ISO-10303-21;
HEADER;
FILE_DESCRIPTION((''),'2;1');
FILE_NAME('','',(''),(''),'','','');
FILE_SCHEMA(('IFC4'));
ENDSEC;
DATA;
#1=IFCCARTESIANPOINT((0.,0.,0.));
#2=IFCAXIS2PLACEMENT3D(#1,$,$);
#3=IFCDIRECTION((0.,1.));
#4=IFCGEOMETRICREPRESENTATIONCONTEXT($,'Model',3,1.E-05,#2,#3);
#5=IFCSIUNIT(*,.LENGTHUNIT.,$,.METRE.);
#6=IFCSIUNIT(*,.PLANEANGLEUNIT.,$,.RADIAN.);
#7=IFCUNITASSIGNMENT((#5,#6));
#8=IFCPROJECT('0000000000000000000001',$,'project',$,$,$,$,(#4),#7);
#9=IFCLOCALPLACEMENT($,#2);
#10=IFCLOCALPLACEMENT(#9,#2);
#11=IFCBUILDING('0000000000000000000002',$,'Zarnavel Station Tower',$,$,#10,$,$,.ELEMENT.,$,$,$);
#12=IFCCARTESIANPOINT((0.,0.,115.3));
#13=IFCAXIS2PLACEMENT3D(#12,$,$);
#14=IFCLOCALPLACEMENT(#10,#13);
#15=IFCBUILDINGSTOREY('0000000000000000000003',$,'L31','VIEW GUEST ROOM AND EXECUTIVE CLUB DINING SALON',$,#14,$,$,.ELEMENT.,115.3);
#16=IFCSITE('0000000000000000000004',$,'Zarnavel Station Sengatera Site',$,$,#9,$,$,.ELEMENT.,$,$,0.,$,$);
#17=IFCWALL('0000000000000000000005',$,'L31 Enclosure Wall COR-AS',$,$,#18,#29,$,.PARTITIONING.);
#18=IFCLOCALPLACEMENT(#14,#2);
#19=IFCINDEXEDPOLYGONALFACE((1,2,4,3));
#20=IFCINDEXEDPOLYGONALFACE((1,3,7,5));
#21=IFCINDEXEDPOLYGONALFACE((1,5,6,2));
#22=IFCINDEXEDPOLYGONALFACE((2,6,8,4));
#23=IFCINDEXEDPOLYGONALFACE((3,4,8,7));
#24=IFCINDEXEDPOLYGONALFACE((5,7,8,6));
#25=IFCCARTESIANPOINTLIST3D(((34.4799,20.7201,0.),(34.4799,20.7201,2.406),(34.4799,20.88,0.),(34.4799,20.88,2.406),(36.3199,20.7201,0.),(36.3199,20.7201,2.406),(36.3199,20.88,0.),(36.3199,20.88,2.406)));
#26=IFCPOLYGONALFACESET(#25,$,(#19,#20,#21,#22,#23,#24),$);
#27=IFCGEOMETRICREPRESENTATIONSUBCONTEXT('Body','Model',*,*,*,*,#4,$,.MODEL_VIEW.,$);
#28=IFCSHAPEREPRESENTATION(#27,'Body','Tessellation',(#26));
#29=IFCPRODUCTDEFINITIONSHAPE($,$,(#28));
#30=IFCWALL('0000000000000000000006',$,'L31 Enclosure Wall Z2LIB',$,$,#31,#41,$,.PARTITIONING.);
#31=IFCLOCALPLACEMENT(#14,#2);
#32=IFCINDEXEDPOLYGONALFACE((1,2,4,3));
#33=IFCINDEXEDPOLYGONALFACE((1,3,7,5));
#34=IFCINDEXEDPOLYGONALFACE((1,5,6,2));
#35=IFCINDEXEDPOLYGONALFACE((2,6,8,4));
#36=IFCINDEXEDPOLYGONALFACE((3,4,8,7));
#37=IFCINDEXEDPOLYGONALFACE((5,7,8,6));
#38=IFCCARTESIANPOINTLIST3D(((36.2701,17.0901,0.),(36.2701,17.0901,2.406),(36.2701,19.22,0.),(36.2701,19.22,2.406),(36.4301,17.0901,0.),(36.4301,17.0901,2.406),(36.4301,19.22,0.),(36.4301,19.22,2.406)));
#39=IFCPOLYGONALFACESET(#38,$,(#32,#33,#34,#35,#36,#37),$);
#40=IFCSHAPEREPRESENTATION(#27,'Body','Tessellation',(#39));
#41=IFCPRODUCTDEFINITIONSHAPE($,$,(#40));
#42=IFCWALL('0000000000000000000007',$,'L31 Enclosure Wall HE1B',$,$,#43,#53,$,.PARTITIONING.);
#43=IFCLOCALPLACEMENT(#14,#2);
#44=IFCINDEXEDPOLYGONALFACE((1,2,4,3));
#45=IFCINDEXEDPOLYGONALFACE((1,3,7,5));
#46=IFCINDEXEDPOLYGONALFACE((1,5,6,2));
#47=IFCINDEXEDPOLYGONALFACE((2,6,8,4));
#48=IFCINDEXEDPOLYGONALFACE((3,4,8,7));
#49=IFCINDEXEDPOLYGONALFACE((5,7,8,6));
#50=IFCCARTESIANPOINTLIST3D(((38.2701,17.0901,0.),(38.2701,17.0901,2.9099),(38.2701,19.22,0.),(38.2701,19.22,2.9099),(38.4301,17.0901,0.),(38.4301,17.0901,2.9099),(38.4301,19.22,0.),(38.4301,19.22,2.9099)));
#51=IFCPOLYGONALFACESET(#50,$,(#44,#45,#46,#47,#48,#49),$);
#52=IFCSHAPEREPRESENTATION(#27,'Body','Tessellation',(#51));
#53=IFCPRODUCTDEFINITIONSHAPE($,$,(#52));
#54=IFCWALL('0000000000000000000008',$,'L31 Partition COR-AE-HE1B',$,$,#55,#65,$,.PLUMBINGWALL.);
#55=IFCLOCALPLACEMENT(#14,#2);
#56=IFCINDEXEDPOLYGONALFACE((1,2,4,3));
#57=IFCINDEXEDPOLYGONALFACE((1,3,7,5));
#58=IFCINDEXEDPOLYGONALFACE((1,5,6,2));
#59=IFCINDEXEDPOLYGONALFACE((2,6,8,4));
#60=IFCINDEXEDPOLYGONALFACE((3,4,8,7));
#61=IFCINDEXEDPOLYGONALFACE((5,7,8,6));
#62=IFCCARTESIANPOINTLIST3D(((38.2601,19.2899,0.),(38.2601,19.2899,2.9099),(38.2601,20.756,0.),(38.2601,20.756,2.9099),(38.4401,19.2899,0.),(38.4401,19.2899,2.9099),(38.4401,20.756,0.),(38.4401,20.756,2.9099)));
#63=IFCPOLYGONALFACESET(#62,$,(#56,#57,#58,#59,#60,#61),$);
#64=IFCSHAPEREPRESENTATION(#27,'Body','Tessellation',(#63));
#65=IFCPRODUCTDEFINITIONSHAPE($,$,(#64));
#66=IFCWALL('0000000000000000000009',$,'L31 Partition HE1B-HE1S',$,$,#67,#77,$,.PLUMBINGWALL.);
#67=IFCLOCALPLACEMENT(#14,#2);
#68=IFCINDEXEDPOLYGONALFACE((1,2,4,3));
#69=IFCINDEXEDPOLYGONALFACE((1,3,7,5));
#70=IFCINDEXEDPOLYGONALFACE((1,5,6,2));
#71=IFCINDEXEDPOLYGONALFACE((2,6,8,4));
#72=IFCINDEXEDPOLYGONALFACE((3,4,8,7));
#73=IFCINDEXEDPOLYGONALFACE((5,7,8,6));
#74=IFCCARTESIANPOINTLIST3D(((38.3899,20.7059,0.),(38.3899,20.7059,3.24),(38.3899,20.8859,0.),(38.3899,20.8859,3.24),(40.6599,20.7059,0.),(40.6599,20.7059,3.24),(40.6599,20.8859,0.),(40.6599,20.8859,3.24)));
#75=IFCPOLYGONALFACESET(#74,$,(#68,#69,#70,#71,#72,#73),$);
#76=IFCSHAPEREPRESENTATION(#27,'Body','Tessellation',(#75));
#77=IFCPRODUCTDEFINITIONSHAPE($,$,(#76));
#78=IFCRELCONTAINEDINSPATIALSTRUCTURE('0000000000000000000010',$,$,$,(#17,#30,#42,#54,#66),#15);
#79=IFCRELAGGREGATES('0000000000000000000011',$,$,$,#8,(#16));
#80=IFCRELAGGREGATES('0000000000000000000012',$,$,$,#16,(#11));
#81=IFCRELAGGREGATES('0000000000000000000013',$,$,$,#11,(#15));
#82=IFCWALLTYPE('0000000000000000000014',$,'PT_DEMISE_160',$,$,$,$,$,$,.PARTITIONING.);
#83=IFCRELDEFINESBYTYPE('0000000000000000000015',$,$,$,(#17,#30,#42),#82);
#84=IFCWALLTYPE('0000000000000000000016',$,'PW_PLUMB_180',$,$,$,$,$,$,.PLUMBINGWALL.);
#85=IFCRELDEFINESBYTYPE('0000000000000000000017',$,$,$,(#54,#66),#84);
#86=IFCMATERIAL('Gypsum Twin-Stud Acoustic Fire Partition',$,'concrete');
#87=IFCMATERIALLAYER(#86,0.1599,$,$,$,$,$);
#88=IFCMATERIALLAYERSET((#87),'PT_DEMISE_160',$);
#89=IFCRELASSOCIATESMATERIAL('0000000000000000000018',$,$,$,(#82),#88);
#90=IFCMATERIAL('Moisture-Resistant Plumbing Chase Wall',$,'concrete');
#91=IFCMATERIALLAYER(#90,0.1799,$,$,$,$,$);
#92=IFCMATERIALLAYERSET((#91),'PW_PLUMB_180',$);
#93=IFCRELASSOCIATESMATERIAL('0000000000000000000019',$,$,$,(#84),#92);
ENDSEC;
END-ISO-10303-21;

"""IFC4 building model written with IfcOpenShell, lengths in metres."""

from ifc_helpers import new_model, si_unit, direction, frame, frame_2d, origin, place, context, subcontext, project, spatial, rectangle, extrude, material, layer, layer_set, type_object, element, save


model = new_model("IFC4")

# Units and contexts
model_context = context("Model", 3, precision=1e-05, world=origin(), true_north=direction((0.0, 1.0)))
body_context = subcontext(model_context, "Body", "Model", "MODEL_VIEW")
ifc_project = project(units=[si_unit("LENGTHUNIT", "METRE"), si_unit("PLANEANGLEUNIT", "RADIAN")], contexts=[model_context])

# Site, building, storey
site_placement = place(None, origin())
site = spatial("IfcSite", under=ifc_project, at=site_placement, Name="Zarnavel Station Sengatera Site", CompositionType="ELEMENT", RefElevation=0.0)
building_placement = place(site_placement, origin())
building = spatial("IfcBuilding", under=site, at=building_placement, Name="Zarnavel Station Tower", CompositionType="ELEMENT")
storey_placement = place(building_placement, frame((0.0, 0.0, 115.3)))
storey = spatial("IfcBuildingStorey", under=building, at=storey_placement, Name="L31", Description="VIEW GUEST ROOM AND EXECUTIVE CLUB DINING SALON", CompositionType="ELEMENT", Elevation=115.3)

# Walls
ifc_material_1 = material(Name="Gypsum Twin-Stud Acoustic Fire Partition", Category="concrete")
ifc_layer_1 = layer(ifc_material_1, 0.1599)
ifc_layer_set_1 = layer_set([ifc_layer_1], Name="PT_DEMISE_160")
wall_type_1 = type_object("IfcWallType", Name="PT_DEMISE_160", PredefinedType="PARTITIONING", material=ifc_layer_set_1)
wall_1_placement = place(storey_placement, frame((34.48, 20.8, 0.0), z_axis=(0.0, 0.0, 1.0), x_axis=(1.0, 0.0, 0.0)))
element("IfcWall", 1, at=wall_1_placement, inside=storey, type_object=wall_type_1, Name="L31 Enclosure Wall COR-AS", PredefinedType="PARTITIONING", context=body_context, shape_type="SweptSolid", body=[
    extrude(rectangle(XDim=1.8401, YDim=0.1599, at=frame_2d((0.9199, 0.0))), origin(), (0.0, 0.0, 1.0), 2.406),
])
wall_2_placement = place(storey_placement, frame((36.3501, 17.0901, 0.0), z_axis=(0.0, 0.0, 1.0), x_axis=(0.0, 1.0, 0.0)))
element("IfcWall", 2, at=wall_2_placement, inside=storey, type_object=wall_type_1, Name="L31 Enclosure Wall Z2LIB", PredefinedType="PARTITIONING", context=body_context, shape_type="SweptSolid", body=[
    extrude(rectangle(XDim=2.1299, YDim=0.1599, at=frame_2d((1.0649, 0.0))), origin(), (0.0, 0.0, 1.0), 2.406),
])
wall_3_placement = place(storey_placement, frame((38.3501, 17.0901, 0.0), z_axis=(0.0, 0.0, 1.0), x_axis=(0.0, 1.0, 0.0)))
element("IfcWall", 3, at=wall_3_placement, inside=storey, type_object=wall_type_1, Name="L31 Enclosure Wall HE1B", PredefinedType="PARTITIONING", context=body_context, shape_type="SweptSolid", body=[
    extrude(rectangle(XDim=2.1299, YDim=0.1599, at=frame_2d((1.0649, 0.0))), origin(), (0.0, 0.0, 1.0), 2.9099),
])
ifc_material_2 = material(Name="Moisture-Resistant Plumbing Chase Wall", Category="concrete")
ifc_layer_2 = layer(ifc_material_2, 0.1799)
ifc_layer_set_2 = layer_set([ifc_layer_2], Name="PW_PLUMB_180")
wall_type_2 = type_object("IfcWallType", Name="PW_PLUMB_180", PredefinedType="PLUMBINGWALL", material=ifc_layer_set_2)
wall_4_placement = place(storey_placement, frame((38.3501, 19.29, 0.0), z_axis=(0.0, 0.0, 1.0), x_axis=(0.0, 1.0, 0.0)))
element("IfcWall", 4, at=wall_4_placement, inside=storey, type_object=wall_type_2, Name="L31 Partition COR-AE-HE1B", PredefinedType="PLUMBINGWALL", context=body_context, shape_type="SweptSolid", body=[
    extrude(rectangle(XDim=1.4661, YDim=0.1799, at=frame_2d((0.7329, 0.0))), origin(), (0.0, 0.0, 1.0), 2.9099),
])
wall_5_placement = place(storey_placement, frame((38.3899, 20.7959, 0.0), z_axis=(0.0, 0.0, 1.0), x_axis=(1.0, 0.0, 0.0)))
element("IfcWall", 5, at=wall_5_placement, inside=storey, type_object=wall_type_2, Name="L31 Partition HE1B-HE1S", PredefinedType="PLUMBINGWALL", context=body_context, shape_type="SweptSolid", body=[
    extrude(rectangle(XDim=2.27, YDim=0.1799, at=frame_2d((1.135, 0.0))), origin(), (0.0, 0.0, 1.0), 3.24),
])

save(model, "model.ifc")
